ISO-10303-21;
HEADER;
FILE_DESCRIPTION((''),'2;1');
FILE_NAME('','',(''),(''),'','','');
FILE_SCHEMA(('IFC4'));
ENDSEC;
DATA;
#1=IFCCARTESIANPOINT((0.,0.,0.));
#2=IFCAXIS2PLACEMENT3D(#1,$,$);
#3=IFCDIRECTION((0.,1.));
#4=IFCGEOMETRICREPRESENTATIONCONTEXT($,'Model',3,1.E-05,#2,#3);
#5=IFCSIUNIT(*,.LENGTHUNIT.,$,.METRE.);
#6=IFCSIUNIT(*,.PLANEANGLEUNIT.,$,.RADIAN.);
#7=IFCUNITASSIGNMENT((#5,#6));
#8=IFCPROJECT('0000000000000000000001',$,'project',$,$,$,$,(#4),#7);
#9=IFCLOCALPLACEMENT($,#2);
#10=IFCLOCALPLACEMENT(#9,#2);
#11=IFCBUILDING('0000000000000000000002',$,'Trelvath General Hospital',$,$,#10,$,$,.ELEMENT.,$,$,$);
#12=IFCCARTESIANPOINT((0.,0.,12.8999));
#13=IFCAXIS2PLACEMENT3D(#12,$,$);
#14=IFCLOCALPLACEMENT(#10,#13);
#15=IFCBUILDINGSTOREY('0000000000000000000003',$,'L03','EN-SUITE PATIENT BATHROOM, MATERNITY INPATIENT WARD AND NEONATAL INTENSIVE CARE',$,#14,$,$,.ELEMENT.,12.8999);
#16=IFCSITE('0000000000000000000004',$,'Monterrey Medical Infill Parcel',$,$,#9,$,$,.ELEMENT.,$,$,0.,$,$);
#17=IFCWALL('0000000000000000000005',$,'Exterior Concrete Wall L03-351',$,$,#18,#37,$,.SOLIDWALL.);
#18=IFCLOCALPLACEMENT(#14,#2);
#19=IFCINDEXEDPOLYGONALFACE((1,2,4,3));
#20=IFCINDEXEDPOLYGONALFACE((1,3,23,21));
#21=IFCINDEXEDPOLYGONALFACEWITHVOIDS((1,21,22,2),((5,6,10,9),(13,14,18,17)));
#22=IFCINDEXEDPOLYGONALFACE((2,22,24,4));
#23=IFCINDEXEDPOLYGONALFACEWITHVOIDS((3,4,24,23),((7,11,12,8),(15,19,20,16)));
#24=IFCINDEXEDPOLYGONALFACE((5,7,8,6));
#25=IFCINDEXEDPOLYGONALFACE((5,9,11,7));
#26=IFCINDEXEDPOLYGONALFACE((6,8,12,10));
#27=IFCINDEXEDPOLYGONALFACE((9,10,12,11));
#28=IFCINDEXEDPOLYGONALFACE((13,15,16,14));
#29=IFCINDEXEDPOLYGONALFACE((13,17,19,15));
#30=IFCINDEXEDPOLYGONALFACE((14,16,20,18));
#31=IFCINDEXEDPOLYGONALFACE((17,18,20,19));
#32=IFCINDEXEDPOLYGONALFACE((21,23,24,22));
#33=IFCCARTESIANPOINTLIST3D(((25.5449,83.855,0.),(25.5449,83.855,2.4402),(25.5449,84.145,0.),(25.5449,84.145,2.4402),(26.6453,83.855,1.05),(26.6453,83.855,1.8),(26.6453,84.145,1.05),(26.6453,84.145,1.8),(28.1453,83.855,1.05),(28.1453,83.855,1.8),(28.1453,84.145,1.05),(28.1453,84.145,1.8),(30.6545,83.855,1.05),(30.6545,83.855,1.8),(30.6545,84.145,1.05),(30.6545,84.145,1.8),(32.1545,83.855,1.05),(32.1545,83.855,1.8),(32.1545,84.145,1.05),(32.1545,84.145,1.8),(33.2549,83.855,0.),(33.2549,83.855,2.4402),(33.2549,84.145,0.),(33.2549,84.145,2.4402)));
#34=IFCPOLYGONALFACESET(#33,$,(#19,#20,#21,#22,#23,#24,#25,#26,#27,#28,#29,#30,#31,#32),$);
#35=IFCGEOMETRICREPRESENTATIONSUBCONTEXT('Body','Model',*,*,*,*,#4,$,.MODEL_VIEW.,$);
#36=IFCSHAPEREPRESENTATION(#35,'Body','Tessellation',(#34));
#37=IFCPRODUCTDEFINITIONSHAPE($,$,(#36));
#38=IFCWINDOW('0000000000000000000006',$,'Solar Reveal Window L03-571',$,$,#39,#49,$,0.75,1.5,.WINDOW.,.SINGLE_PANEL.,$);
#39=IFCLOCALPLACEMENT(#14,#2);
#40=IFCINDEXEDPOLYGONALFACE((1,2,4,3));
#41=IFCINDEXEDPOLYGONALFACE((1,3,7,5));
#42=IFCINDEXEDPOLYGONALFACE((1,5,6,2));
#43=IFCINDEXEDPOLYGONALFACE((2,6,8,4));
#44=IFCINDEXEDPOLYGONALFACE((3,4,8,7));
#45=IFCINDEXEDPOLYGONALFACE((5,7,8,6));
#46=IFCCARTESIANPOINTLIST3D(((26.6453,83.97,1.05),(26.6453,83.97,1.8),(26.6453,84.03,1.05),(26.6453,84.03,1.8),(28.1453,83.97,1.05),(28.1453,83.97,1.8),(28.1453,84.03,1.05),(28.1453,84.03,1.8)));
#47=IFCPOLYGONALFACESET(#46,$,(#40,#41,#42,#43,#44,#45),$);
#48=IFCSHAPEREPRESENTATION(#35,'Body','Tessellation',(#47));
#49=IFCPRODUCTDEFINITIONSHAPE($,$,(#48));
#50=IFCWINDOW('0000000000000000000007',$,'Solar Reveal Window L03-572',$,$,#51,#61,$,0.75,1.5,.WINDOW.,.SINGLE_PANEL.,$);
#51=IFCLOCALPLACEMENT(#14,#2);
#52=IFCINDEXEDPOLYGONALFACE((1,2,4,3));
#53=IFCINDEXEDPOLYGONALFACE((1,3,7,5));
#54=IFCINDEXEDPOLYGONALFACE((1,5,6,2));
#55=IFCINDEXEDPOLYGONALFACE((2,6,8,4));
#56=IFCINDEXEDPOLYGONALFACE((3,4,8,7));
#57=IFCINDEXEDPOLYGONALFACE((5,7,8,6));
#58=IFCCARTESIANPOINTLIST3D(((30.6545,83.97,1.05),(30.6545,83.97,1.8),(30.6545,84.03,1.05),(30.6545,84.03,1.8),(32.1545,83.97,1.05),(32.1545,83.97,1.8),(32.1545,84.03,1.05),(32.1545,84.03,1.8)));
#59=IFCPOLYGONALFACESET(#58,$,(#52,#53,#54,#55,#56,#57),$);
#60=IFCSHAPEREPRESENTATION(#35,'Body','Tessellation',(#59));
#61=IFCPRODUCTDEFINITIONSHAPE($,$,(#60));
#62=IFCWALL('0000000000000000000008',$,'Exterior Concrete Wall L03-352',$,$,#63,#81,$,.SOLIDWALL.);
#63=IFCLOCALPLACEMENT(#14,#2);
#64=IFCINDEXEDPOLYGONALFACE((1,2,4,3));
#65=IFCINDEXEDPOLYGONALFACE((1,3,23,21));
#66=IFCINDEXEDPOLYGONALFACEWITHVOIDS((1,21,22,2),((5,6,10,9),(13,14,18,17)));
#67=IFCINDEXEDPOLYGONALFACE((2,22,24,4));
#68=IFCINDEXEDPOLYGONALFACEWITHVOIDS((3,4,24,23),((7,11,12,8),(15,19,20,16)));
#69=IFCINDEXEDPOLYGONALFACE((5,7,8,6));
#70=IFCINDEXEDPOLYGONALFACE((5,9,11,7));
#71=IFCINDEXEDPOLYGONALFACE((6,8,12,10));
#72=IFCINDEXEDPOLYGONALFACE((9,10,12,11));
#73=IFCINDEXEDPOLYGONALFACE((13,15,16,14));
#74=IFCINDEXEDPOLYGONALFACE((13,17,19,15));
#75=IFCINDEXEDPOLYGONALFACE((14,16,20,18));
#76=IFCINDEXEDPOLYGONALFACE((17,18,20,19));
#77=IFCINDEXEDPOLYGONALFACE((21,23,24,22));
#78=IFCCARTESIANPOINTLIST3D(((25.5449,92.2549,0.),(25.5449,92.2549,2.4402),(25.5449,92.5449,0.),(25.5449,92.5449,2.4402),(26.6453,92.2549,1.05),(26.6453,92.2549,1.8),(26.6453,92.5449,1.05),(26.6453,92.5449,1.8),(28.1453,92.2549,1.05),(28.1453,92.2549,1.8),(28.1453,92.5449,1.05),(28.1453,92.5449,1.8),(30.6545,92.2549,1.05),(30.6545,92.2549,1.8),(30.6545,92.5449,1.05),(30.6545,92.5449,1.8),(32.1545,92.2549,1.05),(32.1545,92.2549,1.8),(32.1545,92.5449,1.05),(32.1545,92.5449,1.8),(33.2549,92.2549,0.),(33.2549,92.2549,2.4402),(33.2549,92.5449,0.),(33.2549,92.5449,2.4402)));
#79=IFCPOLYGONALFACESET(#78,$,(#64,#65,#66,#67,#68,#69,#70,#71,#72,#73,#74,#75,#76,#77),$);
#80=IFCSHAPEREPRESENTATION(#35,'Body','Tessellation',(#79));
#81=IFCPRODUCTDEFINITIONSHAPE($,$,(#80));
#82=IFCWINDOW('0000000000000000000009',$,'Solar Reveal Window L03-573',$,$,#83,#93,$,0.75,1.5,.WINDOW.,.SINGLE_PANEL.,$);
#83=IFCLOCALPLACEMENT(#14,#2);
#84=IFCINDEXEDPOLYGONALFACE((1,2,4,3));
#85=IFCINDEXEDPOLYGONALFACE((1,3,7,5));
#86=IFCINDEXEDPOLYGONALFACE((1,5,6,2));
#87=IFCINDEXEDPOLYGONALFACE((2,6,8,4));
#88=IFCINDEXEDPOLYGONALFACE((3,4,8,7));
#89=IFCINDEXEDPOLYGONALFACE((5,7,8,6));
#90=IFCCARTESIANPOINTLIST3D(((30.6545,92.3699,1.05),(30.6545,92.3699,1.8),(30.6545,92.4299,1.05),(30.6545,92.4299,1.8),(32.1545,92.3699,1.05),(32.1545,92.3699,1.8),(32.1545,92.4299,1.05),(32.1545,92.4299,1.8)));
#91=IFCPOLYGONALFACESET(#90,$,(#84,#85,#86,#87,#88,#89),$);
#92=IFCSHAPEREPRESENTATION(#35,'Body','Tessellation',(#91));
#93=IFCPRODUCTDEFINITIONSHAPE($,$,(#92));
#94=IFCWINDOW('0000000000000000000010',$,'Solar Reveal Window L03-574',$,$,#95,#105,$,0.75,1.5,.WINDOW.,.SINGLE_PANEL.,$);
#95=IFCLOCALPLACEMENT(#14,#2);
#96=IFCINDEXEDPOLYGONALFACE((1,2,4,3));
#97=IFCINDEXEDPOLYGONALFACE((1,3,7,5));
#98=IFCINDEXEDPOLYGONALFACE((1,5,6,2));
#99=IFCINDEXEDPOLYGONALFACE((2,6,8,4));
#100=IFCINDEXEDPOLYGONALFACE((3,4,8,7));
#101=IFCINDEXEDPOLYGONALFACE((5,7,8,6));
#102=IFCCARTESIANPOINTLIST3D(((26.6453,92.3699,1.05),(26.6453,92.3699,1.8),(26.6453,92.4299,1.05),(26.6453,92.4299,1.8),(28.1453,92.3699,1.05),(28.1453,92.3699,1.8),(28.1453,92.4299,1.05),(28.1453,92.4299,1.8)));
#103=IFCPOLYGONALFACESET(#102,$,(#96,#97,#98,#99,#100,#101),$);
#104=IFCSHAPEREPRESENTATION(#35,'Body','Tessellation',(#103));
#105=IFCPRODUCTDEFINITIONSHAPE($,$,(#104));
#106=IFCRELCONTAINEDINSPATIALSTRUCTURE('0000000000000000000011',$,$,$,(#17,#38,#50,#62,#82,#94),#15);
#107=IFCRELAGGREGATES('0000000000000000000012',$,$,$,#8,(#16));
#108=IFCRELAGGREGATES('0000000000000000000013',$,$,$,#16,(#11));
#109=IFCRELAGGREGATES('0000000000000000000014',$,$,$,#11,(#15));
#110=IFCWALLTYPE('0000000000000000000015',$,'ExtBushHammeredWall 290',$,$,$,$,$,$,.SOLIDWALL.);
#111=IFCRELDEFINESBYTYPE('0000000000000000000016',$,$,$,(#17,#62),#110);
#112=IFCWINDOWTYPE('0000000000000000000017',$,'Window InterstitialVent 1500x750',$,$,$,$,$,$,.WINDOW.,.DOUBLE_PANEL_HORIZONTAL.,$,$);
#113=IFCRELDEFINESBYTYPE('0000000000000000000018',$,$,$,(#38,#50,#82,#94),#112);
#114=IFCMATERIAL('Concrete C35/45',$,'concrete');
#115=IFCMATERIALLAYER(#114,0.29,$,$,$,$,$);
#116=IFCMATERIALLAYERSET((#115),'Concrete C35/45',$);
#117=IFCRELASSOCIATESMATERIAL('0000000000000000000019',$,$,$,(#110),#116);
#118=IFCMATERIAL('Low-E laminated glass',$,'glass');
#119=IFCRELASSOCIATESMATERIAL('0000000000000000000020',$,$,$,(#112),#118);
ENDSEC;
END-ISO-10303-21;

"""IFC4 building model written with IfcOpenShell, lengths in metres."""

from ifc_helpers import new_model, si_unit, direction, frame, frame_2d, origin, place, context, subcontext, project, spatial, rectangle, extrude, material, layer, layer_set, type_object, element, fill, save


model = new_model("IFC4")

# Units and contexts
model_context = context("Model", 3, precision=1e-05, world=origin(), true_north=direction((0.0, 1.0)))
body_context = subcontext(model_context, "Body", "Model", "MODEL_VIEW")
ifc_project = project(units=[si_unit("LENGTHUNIT", "METRE"), si_unit("PLANEANGLEUNIT", "RADIAN")], contexts=[model_context])

# Site, building, storey
site_placement = place(None, origin())
site = spatial("IfcSite", under=ifc_project, at=site_placement, Name="Monterrey Medical Infill Parcel", CompositionType="ELEMENT", RefElevation=0.0)
building_placement = place(site_placement, origin())
building = spatial("IfcBuilding", under=site, at=building_placement, Name="Trelvath General Hospital", CompositionType="ELEMENT")
storey_placement = place(building_placement, frame((0.0, 0.0, 12.8999)))
storey = spatial("IfcBuildingStorey", under=building, at=storey_placement, Name="L03", Description="EN-SUITE PATIENT BATHROOM, MATERNITY INPATIENT WARD AND NEONATAL INTENSIVE CARE", CompositionType="ELEMENT", Elevation=12.8999)

# Walls, openings, windows
ifc_material_1 = material(Name="Concrete C35/45", Category="concrete")
ifc_layer_1 = layer(ifc_material_1, 0.29)
ifc_layer_set_1 = layer_set([ifc_layer_1], Name="Concrete C35/45")
wall_type_1 = type_object("IfcWallType", Name="ExtBushHammeredWall 290", PredefinedType="SOLIDWALL", material=ifc_layer_set_1)
wall_1_placement = place(storey_placement, frame((25.5449, 84.0, 0.0), z_axis=(0.0, 0.0, 1.0), x_axis=(1.0, 0.0, 0.0)))
wall_1 = element("IfcWall", 1, at=wall_1_placement, inside=storey, type_object=wall_type_1, Name="Exterior Concrete Wall L03-351", PredefinedType="SOLIDWALL", context=body_context, shape_type="SweptSolid", body=[
    extrude(rectangle(XDim=7.71, YDim=0.29, at=frame_2d((3.855, 0.0))), origin(), (0.0, 0.0, 1.0), 2.4402),
])
opening_1_placement = place(wall_1_placement, frame((1.1003, 0.0, 1.05)))
opening_1 = element("IfcOpeningElement", 2, at=opening_1_placement, cuts=wall_1, PredefinedType="OPENING", context=body_context, shape_type="SweptSolid", body=[
    extrude(rectangle(XDim=1.5, YDim=0.75, at=frame_2d((0.75, 0.375))), frame((0.0, 0.155, 0.0), z_axis=(0.0, -1.0, 0.0), x_axis=(1.0, 0.0, 0.0)), (0.0, 0.0, 1.0), 0.3101),
])
opening_2_placement = place(wall_1_placement, frame((5.1096, 0.0, 1.05)))
opening_2 = element("IfcOpeningElement", 3, at=opening_2_placement, cuts=wall_1, PredefinedType="OPENING", context=body_context, shape_type="SweptSolid", body=[
    extrude(rectangle(XDim=1.5, YDim=0.75, at=frame_2d((0.75, 0.375))), frame((0.0, 0.155, 0.0), z_axis=(0.0, -1.0, 0.0), x_axis=(1.0, 0.0, 0.0)), (0.0, 0.0, 1.0), 0.3101),
])
ifc_material_2 = material(Name="Low-E laminated glass", Category="glass")
window_type_1 = type_object("IfcWindowType", Name="Window InterstitialVent 1500x750", PartitioningType="DOUBLE_PANEL_HORIZONTAL", PredefinedType="WINDOW", material=ifc_material_2)
window_1_placement = place(opening_1_placement, origin())
window_1 = element("IfcWindow", 4, at=window_1_placement, inside=storey, type_object=window_type_1, Name="Solar Reveal Window L03-571", OverallHeight=0.75, OverallWidth=1.5, PartitioningType="SINGLE_PANEL", PredefinedType="WINDOW", context=body_context, shape_type="SweptSolid", body=[
    extrude(rectangle(XDim=1.5, YDim=0.75, at=frame_2d((0.75, 0.375))), frame((0.0, 0.03, 0.0), z_axis=(0.0, -1.0, 0.0), x_axis=(1.0, 0.0, 0.0)), (0.0, 0.0, 1.0), 0.0601),
])
fill(opening_1, window_1)
window_2_placement = place(opening_2_placement, origin())
window_2 = element("IfcWindow", 5, at=window_2_placement, inside=storey, type_object=window_type_1, Name="Solar Reveal Window L03-572", OverallHeight=0.75, OverallWidth=1.5, PartitioningType="SINGLE_PANEL", PredefinedType="WINDOW", context=body_context, shape_type="SweptSolid", body=[
    extrude(rectangle(XDim=1.5, YDim=0.75, at=frame_2d((0.75, 0.375))), frame((0.0, 0.03, 0.0), z_axis=(0.0, -1.0, 0.0), x_axis=(1.0, 0.0, 0.0)), (0.0, 0.0, 1.0), 0.0601),
])
fill(opening_2, window_2)
wall_2_placement = place(storey_placement, frame((33.2549, 92.3999, 0.0), z_axis=(0.0, 0.0, 1.0), x_axis=(-1.0, 0.0, 0.0)))
wall_2 = element("IfcWall", 6, at=wall_2_placement, inside=storey, type_object=wall_type_1, Name="Exterior Concrete Wall L03-352", PredefinedType="SOLIDWALL", context=body_context, shape_type="SweptSolid", body=[
    extrude(rectangle(XDim=7.71, YDim=0.29, at=frame_2d((3.855, 0.0))), origin(), (0.0, 0.0, 1.0), 2.4402),
])
opening_3_placement = place(wall_2_placement, frame((1.1003, 0.0, 1.05)))
opening_3 = element("IfcOpeningElement", 7, at=opening_3_placement, cuts=wall_2, PredefinedType="OPENING", context=body_context, shape_type="SweptSolid", body=[
    extrude(rectangle(XDim=1.5, YDim=0.75, at=frame_2d((0.75, 0.375))), frame((0.0, 0.155, 0.0), z_axis=(0.0, -1.0, 0.0), x_axis=(1.0, 0.0, 0.0)), (0.0, 0.0, 1.0), 0.3101),
])
opening_4_placement = place(wall_2_placement, frame((5.1096, 0.0, 1.05)))
opening_4 = element("IfcOpeningElement", 8, at=opening_4_placement, cuts=wall_2, PredefinedType="OPENING", context=body_context, shape_type="SweptSolid", body=[
    extrude(rectangle(XDim=1.5, YDim=0.75, at=frame_2d((0.75, 0.375))), frame((0.0, 0.155, 0.0), z_axis=(0.0, -1.0, 0.0), x_axis=(1.0, 0.0, 0.0)), (0.0, 0.0, 1.0), 0.3101),
])
window_3_placement = place(opening_3_placement, origin())
window_3 = element("IfcWindow", 9, at=window_3_placement, inside=storey, type_object=window_type_1, Name="Solar Reveal Window L03-573", OverallHeight=0.75, OverallWidth=1.5, PartitioningType="SINGLE_PANEL", PredefinedType="WINDOW", context=body_context, shape_type="SweptSolid", body=[
    extrude(rectangle(XDim=1.5, YDim=0.75, at=frame_2d((0.75, 0.375))), frame((0.0, 0.03, 0.0), z_axis=(0.0, -1.0, 0.0), x_axis=(1.0, 0.0, 0.0)), (0.0, 0.0, 1.0), 0.0601),
])
fill(opening_3, window_3)
window_4_placement = place(opening_4_placement, origin())
window_4 = element("IfcWindow", 10, at=window_4_placement, inside=storey, type_object=window_type_1, Name="Solar Reveal Window L03-574", OverallHeight=0.75, OverallWidth=1.5, PartitioningType="SINGLE_PANEL", PredefinedType="WINDOW", context=body_context, shape_type="SweptSolid", body=[
    extrude(rectangle(XDim=1.5, YDim=0.75, at=frame_2d((0.75, 0.375))), frame((0.0, 0.03, 0.0), z_axis=(0.0, -1.0, 0.0), x_axis=(1.0, 0.0, 0.0)), (0.0, 0.0, 1.0), 0.0601),
])
fill(opening_4, window_4)

save(model, "model.ifc")
